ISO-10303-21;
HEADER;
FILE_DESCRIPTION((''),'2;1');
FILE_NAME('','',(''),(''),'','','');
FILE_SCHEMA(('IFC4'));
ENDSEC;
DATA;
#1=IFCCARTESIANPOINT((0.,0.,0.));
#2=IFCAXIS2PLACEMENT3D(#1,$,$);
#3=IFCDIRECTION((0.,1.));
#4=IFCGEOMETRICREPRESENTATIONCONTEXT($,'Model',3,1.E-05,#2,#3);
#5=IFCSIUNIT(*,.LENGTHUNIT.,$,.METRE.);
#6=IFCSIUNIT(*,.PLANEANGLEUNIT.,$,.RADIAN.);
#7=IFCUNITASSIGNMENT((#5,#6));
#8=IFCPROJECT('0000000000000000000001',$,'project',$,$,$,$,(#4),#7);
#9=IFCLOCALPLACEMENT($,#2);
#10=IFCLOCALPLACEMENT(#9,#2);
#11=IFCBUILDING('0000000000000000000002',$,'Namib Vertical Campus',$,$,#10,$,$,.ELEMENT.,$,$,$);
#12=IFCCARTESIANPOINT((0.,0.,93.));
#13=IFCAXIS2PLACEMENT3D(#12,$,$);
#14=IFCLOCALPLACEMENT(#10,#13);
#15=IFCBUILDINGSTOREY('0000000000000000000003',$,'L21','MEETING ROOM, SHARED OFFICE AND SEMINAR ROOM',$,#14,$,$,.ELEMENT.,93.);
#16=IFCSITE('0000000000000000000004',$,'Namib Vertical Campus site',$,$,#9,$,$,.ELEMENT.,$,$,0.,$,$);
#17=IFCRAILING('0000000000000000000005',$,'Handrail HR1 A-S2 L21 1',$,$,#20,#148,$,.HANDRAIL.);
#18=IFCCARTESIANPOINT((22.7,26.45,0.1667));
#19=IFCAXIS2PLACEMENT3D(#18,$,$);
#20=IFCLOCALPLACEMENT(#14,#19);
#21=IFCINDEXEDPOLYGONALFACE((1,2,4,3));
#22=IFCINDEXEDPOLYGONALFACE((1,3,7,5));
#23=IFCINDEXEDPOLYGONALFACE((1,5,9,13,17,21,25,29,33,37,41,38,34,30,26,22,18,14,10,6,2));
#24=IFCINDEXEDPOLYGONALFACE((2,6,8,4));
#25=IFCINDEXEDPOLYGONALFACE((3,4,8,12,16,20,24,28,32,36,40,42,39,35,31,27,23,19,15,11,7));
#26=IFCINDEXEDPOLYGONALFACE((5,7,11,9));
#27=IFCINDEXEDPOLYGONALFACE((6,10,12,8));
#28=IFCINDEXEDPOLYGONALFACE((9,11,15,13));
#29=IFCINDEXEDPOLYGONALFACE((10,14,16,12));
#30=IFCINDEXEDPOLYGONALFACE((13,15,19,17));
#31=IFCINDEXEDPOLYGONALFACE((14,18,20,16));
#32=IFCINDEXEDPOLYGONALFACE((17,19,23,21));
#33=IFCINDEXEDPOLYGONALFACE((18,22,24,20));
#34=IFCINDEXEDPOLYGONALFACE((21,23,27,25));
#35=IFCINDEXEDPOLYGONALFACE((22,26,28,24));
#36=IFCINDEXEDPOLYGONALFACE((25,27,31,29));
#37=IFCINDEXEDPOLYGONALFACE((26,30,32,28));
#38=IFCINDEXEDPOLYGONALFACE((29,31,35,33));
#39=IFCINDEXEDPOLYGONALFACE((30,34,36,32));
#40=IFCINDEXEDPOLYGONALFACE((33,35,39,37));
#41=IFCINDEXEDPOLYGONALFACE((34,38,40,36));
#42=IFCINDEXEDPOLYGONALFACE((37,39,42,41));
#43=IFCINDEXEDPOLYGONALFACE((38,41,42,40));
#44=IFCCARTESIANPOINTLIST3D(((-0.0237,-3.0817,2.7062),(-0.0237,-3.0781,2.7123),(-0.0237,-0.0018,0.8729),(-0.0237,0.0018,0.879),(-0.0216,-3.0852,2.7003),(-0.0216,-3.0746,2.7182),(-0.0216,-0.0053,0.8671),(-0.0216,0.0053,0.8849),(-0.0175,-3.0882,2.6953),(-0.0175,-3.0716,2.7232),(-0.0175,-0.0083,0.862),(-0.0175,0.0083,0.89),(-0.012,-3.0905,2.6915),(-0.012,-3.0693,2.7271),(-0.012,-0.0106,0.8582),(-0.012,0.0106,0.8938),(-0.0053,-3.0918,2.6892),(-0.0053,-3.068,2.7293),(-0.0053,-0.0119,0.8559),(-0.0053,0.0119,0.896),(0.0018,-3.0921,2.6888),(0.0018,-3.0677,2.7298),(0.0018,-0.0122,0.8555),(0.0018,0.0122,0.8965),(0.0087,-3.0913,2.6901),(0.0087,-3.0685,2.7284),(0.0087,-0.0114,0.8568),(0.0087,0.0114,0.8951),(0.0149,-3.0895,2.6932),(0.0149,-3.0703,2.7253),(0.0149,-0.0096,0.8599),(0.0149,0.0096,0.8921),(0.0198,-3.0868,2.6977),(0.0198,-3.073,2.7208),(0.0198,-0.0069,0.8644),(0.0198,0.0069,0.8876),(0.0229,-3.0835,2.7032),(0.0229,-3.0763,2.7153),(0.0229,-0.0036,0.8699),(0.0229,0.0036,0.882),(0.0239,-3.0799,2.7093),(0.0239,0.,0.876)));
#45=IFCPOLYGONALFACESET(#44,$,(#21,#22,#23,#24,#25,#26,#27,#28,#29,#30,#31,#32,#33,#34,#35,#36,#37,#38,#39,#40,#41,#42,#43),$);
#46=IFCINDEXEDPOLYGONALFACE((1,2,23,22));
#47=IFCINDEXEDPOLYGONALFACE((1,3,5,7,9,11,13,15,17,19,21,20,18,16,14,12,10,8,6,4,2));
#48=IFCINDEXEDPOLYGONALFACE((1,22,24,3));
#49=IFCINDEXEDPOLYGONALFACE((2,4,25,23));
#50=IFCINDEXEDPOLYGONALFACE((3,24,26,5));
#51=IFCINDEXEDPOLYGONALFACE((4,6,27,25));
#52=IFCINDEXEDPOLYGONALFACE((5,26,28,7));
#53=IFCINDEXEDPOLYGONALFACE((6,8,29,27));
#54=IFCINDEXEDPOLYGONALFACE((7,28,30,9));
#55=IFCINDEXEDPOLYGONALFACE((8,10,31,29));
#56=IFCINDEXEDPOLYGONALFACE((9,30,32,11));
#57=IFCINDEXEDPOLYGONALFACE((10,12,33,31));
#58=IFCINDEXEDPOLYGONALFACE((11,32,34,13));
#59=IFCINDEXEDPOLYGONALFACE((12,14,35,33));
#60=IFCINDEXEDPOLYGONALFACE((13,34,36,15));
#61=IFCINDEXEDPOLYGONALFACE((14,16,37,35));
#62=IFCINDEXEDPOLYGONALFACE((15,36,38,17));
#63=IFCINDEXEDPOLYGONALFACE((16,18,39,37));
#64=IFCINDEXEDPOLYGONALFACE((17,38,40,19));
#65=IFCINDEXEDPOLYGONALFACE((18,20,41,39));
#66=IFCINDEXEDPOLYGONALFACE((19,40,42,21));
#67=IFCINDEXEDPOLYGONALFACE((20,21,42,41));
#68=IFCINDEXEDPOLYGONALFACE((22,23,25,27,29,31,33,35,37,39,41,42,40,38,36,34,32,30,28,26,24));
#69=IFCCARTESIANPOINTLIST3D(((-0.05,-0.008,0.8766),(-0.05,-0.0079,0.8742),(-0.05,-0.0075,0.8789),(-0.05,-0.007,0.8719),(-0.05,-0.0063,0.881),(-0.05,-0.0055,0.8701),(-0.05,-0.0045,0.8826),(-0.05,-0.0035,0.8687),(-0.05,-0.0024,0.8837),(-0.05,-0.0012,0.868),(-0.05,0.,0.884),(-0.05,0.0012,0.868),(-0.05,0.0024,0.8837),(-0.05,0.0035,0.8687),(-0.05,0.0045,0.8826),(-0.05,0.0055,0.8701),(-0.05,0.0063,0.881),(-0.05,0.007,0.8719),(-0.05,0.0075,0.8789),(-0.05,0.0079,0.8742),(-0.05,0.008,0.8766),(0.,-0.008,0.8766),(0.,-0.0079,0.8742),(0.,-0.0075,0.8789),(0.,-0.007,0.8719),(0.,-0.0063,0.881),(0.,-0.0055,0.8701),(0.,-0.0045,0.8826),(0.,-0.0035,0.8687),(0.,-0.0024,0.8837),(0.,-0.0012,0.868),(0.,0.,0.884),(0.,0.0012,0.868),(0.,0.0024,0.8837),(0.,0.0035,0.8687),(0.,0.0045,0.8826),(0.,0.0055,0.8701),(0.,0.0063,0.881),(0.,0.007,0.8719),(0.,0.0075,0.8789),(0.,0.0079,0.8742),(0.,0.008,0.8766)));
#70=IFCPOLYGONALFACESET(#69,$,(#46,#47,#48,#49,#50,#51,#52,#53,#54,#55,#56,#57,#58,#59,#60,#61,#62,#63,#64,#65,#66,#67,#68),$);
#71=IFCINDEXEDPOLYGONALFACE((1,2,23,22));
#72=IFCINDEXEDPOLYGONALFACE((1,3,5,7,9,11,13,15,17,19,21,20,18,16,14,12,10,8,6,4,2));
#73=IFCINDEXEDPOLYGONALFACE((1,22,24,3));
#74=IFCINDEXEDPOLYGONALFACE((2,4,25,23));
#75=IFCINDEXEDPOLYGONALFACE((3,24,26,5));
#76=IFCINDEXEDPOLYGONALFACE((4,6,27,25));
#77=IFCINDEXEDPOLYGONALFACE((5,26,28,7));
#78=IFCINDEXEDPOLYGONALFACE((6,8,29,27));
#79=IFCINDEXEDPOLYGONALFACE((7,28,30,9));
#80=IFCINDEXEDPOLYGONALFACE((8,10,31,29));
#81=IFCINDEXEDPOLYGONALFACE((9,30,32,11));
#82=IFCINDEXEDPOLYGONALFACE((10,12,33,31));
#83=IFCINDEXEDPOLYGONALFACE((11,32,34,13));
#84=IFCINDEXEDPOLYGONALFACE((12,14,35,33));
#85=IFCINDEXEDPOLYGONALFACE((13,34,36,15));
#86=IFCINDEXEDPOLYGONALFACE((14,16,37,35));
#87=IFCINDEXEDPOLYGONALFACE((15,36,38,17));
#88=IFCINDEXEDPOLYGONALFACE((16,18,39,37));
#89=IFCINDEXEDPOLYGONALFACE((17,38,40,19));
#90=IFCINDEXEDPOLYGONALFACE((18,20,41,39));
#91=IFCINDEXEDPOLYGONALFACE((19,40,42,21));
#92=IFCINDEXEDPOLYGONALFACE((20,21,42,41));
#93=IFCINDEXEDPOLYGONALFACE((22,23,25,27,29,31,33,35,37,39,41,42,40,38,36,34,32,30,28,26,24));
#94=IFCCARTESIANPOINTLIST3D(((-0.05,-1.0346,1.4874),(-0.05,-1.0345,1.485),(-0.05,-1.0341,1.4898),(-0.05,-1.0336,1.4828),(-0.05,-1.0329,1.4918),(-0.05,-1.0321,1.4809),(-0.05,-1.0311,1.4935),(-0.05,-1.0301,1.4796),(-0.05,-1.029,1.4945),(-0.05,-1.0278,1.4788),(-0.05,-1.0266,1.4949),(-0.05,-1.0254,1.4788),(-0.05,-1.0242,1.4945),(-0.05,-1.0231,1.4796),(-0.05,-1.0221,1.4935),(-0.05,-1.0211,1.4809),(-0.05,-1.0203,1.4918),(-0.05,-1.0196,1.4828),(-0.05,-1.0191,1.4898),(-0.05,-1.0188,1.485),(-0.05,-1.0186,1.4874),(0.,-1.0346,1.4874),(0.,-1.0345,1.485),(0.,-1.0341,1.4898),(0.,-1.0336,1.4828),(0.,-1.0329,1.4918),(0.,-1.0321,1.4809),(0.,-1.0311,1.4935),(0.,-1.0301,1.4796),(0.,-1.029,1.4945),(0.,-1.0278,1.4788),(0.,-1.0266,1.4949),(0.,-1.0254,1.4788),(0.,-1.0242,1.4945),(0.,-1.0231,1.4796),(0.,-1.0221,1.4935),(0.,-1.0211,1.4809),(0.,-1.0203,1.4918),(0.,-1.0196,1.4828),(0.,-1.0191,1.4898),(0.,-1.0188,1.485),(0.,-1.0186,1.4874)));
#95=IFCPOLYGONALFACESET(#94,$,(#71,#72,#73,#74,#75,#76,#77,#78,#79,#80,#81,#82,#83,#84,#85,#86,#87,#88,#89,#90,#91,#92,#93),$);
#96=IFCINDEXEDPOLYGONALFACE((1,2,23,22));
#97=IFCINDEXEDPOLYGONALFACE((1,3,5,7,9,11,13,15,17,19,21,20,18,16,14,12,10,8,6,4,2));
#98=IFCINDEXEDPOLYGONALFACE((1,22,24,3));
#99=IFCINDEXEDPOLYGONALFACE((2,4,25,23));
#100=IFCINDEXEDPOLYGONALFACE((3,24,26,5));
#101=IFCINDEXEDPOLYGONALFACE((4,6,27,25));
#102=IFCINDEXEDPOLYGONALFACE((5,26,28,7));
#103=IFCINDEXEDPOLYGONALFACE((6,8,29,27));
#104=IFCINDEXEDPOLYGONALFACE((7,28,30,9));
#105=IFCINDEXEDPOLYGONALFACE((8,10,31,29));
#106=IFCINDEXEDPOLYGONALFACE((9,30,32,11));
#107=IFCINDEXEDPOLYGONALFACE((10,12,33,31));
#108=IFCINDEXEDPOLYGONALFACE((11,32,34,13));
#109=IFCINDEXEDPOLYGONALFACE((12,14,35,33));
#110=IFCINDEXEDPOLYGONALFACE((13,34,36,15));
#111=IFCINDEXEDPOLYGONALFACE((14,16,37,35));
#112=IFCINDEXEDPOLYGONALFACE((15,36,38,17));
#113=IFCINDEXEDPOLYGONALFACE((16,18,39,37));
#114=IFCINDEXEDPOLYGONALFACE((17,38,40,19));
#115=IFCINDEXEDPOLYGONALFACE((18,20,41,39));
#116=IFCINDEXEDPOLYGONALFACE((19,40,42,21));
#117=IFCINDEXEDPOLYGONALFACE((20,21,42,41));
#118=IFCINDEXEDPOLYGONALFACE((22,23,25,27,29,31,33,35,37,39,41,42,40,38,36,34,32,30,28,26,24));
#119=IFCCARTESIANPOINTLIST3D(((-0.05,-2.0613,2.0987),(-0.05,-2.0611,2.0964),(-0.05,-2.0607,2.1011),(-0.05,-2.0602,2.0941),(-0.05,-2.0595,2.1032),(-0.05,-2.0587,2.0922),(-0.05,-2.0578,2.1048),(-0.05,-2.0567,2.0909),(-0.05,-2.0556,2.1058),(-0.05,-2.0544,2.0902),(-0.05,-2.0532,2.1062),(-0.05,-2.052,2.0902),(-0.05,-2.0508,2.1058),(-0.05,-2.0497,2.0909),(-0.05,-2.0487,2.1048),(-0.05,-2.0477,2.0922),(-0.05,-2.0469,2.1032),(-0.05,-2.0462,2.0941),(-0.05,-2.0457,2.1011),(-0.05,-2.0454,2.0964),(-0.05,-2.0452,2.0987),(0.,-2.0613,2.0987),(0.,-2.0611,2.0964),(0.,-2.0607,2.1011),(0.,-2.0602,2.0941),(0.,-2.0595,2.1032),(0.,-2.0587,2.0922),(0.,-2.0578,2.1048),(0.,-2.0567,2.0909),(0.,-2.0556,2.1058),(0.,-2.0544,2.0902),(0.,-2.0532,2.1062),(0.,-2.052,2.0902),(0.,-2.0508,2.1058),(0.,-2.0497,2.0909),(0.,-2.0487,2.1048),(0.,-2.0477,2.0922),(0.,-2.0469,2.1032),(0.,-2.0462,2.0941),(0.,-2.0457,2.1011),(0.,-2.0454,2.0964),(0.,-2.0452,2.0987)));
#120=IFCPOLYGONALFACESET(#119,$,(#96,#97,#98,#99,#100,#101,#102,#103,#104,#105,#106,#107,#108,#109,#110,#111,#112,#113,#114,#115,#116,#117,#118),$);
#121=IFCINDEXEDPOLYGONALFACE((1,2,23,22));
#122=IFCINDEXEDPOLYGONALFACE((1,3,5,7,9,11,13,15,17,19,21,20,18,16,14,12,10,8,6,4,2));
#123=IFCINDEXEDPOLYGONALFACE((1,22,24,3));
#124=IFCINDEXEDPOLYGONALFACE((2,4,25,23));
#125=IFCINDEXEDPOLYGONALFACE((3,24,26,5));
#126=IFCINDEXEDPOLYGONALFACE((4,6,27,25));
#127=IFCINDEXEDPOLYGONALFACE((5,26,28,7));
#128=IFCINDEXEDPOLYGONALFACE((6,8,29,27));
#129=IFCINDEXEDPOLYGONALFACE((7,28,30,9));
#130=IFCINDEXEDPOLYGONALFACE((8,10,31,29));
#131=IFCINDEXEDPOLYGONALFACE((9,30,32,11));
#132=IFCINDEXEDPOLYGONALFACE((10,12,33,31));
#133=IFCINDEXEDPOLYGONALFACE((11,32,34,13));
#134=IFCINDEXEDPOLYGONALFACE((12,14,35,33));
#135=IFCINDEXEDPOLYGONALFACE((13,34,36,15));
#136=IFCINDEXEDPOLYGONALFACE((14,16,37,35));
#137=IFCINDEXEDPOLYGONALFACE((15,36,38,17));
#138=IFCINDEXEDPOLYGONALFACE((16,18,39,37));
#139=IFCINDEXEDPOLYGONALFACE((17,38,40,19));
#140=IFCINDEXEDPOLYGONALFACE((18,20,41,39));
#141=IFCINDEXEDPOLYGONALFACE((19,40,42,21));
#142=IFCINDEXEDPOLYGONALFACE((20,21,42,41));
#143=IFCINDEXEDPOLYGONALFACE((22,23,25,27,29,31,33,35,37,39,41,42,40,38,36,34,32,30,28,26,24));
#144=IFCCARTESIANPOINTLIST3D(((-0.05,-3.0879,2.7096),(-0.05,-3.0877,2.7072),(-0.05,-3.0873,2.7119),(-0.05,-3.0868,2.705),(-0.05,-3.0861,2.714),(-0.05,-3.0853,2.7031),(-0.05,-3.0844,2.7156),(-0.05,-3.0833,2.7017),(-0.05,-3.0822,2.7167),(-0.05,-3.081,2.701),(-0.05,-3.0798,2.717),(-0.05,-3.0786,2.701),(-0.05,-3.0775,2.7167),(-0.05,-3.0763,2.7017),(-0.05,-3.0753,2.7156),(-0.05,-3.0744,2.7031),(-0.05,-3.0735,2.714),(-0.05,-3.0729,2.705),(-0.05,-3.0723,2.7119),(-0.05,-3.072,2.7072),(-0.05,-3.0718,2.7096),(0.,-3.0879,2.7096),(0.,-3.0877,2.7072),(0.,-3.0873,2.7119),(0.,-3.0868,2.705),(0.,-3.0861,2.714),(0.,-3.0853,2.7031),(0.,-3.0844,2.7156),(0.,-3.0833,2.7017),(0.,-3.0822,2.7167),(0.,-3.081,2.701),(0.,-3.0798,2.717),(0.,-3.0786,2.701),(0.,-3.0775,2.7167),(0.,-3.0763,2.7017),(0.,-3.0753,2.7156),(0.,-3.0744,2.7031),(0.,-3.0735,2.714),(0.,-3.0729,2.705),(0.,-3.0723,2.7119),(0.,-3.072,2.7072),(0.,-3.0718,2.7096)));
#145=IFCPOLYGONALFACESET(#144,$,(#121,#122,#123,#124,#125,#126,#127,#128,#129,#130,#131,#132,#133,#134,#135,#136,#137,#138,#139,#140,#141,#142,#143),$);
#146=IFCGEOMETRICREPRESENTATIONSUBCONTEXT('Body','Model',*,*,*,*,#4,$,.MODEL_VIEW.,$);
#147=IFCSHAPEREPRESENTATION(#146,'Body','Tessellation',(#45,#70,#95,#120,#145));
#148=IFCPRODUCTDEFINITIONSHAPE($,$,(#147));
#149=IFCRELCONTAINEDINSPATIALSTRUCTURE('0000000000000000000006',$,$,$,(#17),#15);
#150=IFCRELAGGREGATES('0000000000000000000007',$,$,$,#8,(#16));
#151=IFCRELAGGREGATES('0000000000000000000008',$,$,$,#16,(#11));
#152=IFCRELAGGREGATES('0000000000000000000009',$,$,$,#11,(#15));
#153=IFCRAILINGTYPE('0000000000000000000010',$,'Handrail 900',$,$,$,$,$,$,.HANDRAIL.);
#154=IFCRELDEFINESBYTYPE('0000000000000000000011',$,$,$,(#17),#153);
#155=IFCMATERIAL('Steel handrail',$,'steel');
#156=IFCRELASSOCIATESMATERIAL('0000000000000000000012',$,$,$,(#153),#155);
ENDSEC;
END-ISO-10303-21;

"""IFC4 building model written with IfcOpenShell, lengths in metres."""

from ifc_helpers import new_model, si_unit, direction, frame, origin, origin_2d, place, context, subcontext, project, spatial, circle, extrude, material, type_object, element, save


model = new_model("IFC4")

# Units and contexts
model_context = context("Model", 3, precision=1e-05, world=origin(), true_north=direction((0.0, 1.0)))
body_context = subcontext(model_context, "Body", "Model", "MODEL_VIEW")
ifc_project = project(units=[si_unit("LENGTHUNIT", "METRE"), si_unit("PLANEANGLEUNIT", "RADIAN")], contexts=[model_context])

# Site, building, storey
site_placement = place(None, origin())
site = spatial("IfcSite", under=ifc_project, at=site_placement, Name="Namib Vertical Campus site", CompositionType="ELEMENT", RefElevation=0.0)
building_placement = place(site_placement, origin())
building = spatial("IfcBuilding", under=site, at=building_placement, Name="Namib Vertical Campus", CompositionType="ELEMENT")
storey_placement = place(building_placement, frame((0.0, 0.0, 93.0)))
storey = spatial("IfcBuildingStorey", under=building, at=storey_placement, Name="L21", Description="MEETING ROOM, SHARED OFFICE AND SEMINAR ROOM", CompositionType="ELEMENT", Elevation=93.0)

# Railing
ifc_material_1 = material(Name="Steel handrail", Category="steel")
railing_type_1 = type_object("IfcRailingType", Name="Handrail 900", PredefinedType="HANDRAIL", material=ifc_material_1)
railing_1_placement = place(storey_placement, frame((22.7, 26.45, 0.1667)))
element("IfcRailing", 1, at=railing_1_placement, inside=storey, type_object=railing_type_1, Name="Handrail HR1 A-S2 L21 1", PredefinedType="HANDRAIL", context=body_context, shape_type="SweptSolid", body=[
    extrude(circle(Radius=0.0239, at=origin_2d()), frame((0.0, 0.0, 0.876), z_axis=(0.0, -0.859291, 0.511487), x_axis=(1.0, 0.0, 0.0)), (0.0, 0.0, 1.0), 3.5842),
    extrude(circle(Radius=0.0081, at=origin_2d()), frame((0.0, 0.0, 0.876), z_axis=(-1.0, 0.0, 0.0), x_axis=(0.0, 0.0, 1.0)), (0.0, 0.0, 1.0), 0.05),
    extrude(circle(Radius=0.0081, at=origin_2d()), frame((0.0, -1.0266, 1.4868), z_axis=(-1.0, 0.0, 0.0), x_axis=(0.0, 0.0, 1.0)), (0.0, 0.0, 1.0), 0.05),
    extrude(circle(Radius=0.0081, at=origin_2d()), frame((0.0, -2.0532, 2.0981), z_axis=(-1.0, 0.0, 0.0), x_axis=(0.0, 0.0, 1.0)), (0.0, 0.0, 1.0), 0.05),
    extrude(circle(Radius=0.0081, at=origin_2d()), frame((0.0, -3.0798, 2.709), z_axis=(-1.0, 0.0, 0.0), x_axis=(0.0, 0.0, 1.0)), (0.0, 0.0, 1.0), 0.05),
])

save(model, "model.ifc")
